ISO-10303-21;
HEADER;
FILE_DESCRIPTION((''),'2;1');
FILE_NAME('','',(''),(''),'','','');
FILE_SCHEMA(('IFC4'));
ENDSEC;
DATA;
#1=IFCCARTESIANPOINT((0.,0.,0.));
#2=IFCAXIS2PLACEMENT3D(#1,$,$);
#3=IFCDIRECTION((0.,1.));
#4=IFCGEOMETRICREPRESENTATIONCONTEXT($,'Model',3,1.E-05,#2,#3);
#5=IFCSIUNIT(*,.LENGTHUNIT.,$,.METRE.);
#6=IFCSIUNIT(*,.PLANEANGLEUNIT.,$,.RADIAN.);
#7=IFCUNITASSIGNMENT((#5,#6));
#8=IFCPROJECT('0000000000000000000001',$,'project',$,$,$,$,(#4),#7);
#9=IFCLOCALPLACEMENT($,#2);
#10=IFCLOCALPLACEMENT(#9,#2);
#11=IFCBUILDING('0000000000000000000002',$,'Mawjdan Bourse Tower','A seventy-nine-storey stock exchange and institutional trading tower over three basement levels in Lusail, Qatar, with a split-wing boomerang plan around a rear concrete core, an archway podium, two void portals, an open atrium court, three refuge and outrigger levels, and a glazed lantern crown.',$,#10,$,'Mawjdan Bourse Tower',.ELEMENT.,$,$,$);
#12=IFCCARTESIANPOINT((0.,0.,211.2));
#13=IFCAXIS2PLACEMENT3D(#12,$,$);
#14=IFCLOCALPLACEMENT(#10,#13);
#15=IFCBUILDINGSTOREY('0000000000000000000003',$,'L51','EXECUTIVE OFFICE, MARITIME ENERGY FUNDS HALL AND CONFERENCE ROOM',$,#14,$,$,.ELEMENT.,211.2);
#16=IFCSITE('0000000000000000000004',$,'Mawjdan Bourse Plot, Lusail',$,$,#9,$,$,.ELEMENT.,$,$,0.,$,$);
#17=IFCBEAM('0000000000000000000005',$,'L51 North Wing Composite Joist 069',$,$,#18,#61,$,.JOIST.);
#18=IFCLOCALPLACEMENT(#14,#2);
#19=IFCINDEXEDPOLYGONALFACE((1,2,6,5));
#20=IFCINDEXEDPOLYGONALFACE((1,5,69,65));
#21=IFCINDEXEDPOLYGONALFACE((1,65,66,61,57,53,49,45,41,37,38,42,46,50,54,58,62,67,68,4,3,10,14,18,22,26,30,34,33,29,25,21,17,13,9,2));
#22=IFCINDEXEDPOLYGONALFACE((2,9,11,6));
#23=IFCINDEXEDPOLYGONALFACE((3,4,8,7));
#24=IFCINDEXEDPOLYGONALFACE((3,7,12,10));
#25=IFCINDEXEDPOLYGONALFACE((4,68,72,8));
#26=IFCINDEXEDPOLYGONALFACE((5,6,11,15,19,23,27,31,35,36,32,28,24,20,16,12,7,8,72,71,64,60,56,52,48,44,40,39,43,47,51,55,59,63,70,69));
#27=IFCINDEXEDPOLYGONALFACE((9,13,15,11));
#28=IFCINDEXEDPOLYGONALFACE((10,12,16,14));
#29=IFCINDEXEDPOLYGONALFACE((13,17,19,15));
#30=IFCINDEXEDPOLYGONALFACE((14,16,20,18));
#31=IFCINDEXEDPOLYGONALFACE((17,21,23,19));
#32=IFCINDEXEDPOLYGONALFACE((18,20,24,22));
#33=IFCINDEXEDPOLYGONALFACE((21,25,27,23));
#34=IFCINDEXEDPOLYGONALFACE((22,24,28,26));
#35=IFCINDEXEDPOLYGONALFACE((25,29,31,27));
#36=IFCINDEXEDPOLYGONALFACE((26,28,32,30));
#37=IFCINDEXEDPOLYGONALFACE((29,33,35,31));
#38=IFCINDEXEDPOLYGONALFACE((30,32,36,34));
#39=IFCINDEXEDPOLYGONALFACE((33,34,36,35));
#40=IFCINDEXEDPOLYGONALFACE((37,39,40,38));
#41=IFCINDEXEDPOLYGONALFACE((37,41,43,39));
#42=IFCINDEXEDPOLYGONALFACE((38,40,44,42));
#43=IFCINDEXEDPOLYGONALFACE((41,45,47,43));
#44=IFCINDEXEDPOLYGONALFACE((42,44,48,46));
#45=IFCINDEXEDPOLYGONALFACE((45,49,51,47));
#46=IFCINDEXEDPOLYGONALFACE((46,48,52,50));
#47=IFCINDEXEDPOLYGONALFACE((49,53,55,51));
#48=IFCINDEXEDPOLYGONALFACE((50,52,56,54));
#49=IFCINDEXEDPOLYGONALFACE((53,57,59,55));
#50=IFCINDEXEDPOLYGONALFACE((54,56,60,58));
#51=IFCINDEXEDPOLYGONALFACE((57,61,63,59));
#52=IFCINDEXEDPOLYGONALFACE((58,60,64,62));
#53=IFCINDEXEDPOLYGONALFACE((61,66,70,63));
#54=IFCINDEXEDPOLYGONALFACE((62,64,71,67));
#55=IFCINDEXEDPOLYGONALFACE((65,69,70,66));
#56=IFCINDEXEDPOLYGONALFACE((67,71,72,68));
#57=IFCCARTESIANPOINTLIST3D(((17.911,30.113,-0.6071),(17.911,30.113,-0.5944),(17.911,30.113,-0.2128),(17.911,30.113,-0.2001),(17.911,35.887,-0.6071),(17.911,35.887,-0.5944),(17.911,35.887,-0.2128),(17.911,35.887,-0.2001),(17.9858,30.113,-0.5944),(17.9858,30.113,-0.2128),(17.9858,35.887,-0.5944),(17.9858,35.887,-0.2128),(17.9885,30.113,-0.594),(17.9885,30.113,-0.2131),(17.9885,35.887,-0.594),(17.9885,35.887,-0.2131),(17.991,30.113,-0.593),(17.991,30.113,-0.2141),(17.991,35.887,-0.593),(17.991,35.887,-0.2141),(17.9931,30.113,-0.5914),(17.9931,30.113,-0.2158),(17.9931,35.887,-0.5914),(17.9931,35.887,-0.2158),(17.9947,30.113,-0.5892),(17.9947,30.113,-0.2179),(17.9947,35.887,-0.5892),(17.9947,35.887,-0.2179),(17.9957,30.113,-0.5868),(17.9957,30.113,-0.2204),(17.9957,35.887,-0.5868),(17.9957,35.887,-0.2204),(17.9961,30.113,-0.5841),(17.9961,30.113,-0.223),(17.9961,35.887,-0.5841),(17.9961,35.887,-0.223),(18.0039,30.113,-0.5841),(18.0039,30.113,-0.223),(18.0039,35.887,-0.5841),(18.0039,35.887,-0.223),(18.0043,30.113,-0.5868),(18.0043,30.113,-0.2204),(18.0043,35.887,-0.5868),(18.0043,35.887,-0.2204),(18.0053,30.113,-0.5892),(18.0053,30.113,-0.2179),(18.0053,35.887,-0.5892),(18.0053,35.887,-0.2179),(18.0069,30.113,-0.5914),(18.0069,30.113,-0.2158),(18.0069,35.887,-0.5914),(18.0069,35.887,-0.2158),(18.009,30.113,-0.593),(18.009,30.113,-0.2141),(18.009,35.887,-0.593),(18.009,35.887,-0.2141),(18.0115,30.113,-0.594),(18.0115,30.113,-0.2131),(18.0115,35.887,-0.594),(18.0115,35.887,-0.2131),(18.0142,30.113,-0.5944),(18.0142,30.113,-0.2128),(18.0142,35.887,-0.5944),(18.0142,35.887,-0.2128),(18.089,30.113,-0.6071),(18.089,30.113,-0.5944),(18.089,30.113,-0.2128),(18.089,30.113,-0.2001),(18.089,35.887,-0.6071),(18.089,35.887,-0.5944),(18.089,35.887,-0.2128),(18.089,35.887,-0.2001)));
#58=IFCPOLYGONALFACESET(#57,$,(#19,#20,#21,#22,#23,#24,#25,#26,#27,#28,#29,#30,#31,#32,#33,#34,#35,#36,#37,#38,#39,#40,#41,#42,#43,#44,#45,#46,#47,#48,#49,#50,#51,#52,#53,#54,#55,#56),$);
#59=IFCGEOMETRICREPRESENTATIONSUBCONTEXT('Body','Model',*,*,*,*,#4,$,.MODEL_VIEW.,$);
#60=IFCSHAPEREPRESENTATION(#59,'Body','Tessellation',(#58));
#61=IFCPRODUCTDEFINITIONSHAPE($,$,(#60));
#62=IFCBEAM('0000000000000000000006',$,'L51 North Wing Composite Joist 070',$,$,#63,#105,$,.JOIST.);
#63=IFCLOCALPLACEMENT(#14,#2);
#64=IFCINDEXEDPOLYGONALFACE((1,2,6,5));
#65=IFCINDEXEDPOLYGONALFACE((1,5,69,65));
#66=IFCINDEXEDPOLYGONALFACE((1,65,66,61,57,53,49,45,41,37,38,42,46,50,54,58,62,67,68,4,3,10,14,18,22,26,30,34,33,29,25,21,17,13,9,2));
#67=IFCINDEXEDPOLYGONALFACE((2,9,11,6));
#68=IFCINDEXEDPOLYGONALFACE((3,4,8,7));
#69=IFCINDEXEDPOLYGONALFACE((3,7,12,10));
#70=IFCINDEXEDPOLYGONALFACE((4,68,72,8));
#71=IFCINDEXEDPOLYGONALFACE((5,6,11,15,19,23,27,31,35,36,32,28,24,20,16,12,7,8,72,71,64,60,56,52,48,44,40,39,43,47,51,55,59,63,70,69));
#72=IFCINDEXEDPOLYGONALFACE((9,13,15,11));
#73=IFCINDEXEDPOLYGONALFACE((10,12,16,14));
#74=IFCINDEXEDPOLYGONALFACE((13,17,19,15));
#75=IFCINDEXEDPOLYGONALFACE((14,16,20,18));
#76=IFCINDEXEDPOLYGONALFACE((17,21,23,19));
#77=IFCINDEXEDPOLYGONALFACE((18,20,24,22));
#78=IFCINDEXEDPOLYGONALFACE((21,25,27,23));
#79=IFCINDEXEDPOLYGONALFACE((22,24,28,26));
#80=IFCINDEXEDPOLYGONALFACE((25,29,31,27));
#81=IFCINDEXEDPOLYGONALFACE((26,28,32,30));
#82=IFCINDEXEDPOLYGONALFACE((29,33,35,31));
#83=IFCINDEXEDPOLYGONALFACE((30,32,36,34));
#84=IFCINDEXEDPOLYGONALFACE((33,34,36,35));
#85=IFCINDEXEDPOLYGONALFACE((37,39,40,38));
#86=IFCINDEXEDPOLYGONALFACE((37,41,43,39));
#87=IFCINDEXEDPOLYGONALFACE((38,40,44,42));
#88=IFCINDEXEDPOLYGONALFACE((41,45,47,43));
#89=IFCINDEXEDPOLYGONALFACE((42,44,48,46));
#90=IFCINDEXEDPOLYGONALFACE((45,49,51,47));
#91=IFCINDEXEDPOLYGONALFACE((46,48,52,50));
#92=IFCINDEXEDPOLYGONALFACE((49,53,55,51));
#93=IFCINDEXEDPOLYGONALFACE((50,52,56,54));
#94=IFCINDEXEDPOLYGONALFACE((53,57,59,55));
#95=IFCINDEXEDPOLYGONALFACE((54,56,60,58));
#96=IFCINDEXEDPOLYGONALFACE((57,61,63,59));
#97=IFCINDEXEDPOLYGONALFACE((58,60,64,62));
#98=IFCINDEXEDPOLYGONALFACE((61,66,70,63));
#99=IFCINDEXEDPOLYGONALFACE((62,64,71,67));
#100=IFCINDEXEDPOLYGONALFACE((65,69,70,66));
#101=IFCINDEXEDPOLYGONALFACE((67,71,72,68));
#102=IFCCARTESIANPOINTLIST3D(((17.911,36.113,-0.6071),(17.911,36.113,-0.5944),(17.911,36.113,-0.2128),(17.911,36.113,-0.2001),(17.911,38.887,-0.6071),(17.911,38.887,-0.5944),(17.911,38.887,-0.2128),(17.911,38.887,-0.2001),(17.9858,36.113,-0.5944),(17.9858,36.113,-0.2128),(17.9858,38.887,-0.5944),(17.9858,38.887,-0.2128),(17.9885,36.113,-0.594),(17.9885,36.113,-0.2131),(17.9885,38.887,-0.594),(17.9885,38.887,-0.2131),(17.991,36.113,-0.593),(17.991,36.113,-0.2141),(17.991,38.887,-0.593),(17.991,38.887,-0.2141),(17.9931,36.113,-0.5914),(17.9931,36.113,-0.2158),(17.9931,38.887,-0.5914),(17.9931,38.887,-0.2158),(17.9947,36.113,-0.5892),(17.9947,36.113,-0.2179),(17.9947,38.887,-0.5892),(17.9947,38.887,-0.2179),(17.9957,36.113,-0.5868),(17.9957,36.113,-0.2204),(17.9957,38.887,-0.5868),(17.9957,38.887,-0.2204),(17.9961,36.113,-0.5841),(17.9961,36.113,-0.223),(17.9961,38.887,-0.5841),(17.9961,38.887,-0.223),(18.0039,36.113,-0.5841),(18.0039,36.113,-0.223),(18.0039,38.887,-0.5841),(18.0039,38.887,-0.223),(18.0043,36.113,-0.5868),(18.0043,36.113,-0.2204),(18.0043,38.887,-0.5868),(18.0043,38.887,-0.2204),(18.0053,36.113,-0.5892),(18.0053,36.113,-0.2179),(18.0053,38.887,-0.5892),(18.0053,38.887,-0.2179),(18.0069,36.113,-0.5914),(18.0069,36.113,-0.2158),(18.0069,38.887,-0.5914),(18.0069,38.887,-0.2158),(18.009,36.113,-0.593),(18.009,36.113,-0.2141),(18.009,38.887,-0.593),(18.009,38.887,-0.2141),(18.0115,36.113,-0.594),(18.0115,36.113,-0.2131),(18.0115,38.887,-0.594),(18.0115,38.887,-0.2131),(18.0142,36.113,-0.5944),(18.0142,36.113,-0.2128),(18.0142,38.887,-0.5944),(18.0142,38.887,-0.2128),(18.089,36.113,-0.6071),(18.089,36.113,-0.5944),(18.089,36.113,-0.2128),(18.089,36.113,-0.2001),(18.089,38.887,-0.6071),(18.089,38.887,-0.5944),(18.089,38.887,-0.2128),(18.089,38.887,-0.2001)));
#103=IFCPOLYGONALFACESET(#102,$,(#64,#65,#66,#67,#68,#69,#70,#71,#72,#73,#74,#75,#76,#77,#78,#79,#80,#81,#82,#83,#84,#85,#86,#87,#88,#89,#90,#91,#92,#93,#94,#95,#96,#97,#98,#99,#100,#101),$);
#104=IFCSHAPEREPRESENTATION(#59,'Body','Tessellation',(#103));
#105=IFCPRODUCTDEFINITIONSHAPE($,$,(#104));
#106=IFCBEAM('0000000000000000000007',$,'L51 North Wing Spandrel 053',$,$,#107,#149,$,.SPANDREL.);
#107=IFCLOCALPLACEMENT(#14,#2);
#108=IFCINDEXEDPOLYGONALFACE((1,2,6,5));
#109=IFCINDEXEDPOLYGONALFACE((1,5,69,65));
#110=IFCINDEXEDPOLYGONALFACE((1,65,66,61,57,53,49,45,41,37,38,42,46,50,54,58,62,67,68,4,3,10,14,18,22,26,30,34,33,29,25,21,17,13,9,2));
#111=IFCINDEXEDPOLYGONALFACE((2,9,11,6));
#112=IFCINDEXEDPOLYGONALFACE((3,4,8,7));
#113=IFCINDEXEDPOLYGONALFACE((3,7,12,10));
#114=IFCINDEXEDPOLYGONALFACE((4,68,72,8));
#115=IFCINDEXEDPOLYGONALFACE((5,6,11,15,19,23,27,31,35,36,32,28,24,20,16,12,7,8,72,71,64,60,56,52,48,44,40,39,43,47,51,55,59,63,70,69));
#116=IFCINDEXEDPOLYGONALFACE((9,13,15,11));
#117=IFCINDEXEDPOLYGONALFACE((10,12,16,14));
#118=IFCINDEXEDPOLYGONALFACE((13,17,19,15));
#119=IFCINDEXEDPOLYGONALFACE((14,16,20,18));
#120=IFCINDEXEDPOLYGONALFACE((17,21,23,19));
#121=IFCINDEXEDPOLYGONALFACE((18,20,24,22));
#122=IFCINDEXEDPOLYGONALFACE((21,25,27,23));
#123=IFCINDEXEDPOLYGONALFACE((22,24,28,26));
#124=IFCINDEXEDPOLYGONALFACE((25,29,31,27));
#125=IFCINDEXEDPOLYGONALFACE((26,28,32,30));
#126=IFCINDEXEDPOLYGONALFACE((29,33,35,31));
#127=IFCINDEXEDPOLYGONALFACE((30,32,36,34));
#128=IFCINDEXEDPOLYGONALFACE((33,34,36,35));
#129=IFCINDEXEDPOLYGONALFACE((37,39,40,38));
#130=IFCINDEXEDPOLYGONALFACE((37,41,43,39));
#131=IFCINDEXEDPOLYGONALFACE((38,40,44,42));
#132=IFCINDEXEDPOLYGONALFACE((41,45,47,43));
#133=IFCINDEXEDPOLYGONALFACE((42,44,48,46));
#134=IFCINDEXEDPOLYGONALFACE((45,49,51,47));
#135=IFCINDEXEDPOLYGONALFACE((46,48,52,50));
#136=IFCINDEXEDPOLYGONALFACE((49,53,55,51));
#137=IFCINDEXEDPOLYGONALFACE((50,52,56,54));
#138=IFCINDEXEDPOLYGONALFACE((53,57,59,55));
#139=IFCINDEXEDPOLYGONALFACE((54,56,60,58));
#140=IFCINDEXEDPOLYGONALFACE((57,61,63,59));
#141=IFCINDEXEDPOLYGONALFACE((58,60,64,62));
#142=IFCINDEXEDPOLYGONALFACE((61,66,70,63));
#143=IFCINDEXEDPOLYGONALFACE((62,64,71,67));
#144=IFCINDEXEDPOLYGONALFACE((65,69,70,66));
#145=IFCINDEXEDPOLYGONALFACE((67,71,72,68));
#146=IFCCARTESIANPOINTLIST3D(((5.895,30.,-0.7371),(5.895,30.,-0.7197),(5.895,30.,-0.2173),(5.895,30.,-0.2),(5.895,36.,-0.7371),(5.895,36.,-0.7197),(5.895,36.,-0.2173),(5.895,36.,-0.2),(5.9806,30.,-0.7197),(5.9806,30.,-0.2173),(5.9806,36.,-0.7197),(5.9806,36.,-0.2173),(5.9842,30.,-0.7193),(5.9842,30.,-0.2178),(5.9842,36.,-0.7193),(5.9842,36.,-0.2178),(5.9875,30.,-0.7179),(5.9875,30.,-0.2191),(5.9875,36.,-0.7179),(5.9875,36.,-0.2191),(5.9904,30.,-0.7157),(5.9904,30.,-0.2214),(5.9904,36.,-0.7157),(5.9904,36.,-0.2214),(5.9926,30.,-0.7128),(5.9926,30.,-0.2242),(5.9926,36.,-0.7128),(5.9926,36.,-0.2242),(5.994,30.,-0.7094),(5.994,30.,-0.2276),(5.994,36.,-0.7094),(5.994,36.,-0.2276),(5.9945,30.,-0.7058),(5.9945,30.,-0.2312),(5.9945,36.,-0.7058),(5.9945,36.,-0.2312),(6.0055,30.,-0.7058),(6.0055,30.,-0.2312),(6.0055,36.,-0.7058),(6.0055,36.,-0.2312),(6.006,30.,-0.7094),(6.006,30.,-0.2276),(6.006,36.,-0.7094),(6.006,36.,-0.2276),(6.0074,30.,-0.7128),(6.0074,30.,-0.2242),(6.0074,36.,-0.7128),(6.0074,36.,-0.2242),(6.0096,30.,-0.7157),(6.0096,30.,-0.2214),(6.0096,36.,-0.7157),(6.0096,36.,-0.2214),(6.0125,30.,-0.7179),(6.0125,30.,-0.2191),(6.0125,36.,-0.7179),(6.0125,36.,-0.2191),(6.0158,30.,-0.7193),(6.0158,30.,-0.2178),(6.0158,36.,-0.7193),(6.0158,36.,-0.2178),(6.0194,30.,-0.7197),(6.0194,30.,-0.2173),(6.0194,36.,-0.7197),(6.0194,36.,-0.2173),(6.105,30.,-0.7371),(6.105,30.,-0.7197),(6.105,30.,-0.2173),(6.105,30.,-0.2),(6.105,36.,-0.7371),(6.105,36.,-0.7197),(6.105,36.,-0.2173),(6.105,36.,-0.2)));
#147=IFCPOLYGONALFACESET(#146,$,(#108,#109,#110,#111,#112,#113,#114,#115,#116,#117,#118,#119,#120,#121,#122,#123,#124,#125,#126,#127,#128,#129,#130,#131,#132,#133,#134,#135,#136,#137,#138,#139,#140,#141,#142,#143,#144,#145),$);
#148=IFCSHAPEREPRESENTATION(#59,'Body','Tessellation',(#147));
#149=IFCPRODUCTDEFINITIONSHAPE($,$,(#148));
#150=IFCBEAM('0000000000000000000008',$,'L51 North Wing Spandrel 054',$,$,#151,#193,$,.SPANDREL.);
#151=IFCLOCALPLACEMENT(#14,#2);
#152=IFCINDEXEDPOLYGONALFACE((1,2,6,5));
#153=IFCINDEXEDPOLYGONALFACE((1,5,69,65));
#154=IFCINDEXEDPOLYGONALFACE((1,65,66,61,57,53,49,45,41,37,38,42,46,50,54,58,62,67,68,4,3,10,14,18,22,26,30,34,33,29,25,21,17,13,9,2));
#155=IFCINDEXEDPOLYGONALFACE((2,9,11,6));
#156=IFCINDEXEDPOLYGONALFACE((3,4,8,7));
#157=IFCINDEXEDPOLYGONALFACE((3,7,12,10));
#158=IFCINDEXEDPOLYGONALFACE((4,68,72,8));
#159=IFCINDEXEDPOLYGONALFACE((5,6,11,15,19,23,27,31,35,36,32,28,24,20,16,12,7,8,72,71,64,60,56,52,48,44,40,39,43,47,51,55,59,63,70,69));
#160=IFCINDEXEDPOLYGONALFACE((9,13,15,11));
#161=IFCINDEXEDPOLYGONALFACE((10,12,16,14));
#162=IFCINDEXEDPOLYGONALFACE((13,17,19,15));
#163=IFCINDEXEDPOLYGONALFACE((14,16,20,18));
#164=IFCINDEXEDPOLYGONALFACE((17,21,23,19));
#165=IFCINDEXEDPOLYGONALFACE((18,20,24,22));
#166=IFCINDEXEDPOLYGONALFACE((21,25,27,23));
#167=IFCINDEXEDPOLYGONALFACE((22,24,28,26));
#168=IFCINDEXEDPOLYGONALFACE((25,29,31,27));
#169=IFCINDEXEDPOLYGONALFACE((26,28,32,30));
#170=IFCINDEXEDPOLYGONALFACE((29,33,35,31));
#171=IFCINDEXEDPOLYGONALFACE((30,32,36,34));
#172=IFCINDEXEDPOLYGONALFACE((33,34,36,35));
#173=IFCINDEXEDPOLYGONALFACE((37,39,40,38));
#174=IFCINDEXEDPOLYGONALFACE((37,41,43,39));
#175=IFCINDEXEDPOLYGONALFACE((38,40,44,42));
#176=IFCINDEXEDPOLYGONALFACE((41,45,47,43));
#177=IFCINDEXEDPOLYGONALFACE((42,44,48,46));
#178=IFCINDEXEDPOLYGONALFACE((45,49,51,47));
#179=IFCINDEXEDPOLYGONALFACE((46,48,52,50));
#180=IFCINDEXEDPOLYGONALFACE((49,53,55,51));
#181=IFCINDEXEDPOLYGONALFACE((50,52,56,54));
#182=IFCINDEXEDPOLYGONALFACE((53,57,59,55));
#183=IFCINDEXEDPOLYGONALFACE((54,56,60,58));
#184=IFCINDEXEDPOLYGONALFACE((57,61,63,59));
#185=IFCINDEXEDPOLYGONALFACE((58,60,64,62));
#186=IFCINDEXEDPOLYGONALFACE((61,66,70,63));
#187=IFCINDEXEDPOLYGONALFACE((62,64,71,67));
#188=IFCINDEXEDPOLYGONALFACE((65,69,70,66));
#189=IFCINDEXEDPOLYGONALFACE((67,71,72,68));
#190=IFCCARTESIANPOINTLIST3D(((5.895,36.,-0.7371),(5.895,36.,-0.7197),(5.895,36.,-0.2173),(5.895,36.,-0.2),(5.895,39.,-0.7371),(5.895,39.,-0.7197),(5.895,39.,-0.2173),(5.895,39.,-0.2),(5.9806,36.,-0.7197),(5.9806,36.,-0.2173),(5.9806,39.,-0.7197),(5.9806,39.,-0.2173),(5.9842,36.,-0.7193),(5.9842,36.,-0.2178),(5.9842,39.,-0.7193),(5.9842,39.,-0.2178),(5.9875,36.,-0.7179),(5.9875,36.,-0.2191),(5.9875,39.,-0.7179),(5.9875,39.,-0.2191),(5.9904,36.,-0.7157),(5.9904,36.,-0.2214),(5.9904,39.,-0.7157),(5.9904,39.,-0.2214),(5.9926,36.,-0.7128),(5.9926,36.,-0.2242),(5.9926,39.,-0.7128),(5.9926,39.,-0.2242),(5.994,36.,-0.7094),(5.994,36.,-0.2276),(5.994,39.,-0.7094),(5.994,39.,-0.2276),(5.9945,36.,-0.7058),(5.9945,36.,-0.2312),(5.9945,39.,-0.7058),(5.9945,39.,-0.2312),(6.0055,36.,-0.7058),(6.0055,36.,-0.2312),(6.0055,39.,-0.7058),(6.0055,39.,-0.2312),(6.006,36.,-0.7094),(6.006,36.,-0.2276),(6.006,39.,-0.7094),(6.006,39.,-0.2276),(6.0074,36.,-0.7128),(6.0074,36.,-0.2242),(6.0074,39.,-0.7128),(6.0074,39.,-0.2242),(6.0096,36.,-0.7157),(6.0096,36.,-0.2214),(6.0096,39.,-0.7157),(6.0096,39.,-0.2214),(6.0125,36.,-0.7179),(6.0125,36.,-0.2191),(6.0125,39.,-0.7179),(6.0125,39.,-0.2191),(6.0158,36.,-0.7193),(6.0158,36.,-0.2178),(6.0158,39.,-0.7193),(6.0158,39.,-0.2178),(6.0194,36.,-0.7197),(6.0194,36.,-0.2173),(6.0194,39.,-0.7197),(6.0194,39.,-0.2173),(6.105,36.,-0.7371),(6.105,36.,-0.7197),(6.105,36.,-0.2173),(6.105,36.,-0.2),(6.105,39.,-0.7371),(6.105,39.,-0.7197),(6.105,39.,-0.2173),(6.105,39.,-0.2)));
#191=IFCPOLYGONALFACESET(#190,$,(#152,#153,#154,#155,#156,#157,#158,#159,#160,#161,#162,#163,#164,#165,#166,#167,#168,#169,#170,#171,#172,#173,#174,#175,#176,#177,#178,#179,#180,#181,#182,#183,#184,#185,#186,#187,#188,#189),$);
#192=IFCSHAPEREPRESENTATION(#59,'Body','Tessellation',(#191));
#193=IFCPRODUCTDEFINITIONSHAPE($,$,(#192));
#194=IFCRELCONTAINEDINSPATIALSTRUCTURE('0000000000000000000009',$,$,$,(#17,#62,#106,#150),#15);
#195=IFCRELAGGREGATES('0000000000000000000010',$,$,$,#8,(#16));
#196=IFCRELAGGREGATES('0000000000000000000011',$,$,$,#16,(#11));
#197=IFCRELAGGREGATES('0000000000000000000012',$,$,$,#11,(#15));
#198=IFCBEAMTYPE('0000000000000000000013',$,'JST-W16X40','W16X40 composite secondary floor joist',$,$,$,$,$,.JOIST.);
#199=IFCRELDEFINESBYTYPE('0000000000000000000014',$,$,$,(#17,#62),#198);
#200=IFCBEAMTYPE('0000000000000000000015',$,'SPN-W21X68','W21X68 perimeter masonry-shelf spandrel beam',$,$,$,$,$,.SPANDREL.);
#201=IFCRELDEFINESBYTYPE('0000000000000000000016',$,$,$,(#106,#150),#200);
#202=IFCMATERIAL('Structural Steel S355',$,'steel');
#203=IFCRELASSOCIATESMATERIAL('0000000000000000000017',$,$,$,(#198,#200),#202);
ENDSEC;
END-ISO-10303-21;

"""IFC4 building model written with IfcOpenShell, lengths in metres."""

from ifc_helpers import new_model, si_unit, direction, frame, origin, origin_2d, place, context, subcontext, project, spatial, i_section, extrude, material, material_profile, profile_set, type_object, element, save


model = new_model("IFC4")

# Units and contexts
model_context = context("Model", 3, precision=1e-05, world=origin(), true_north=direction((0.0, 1.0)))
body_context = subcontext(model_context, "Body", "Model", "MODEL_VIEW")
ifc_project = project(units=[si_unit("LENGTHUNIT", "METRE"), si_unit("PLANEANGLEUNIT", "RADIAN")], contexts=[model_context])

# Site, building, storey
site_placement = place(None, origin())
site = spatial("IfcSite", under=ifc_project, at=site_placement, Name="Mawjdan Bourse Plot, Lusail", CompositionType="ELEMENT", RefElevation=0.0)
building_placement = place(site_placement, origin())
building = spatial("IfcBuilding", under=site, at=building_placement, Name="Mawjdan Bourse Tower", Description="A seventy-nine-storey stock exchange and institutional trading tower over three basement levels in Lusail, Qatar, with a split-wing boomerang plan around a rear concrete core, an archway podium, two void portals, an open atrium court, three refuge and outrigger levels, and a glazed lantern crown.", LongName="Mawjdan Bourse Tower", CompositionType="ELEMENT")
storey_placement = place(building_placement, frame((0.0, 0.0, 211.2)))
storey = spatial("IfcBuildingStorey", under=building, at=storey_placement, Name="L51", Description="EXECUTIVE OFFICE, MARITIME ENERGY FUNDS HALL AND CONFERENCE ROOM", CompositionType="ELEMENT", Elevation=211.2)

# Beams
ifc_material_1 = material(Name="Structural Steel S355", Category="steel")
ifc_material_profile_1 = material_profile(ifc_material_1, i_section(OverallWidth=0.178, OverallDepth=0.407, WebThickness=0.0078, FlangeThickness=0.0127, FilletRadius=0.0103, at=origin_2d()), Name="W16X40")
ifc_profile_set_1 = profile_set([ifc_material_profile_1], Name="Structural Steel S355")
beam_type_1 = type_object("IfcBeamType", Name="JST-W16X40", Description="W16X40 composite secondary floor joist", PredefinedType="JOIST", material=ifc_profile_set_1)
beam_1_placement = place(storey_placement, frame((18.0, 30.113, -0.4036), z_axis=(0.0, 1.0, 0.0), x_axis=(-1.0, 0.0, 0.0)))
element("IfcBeam", 1, at=beam_1_placement, inside=storey, type_object=beam_type_1, Name="L51 North Wing Composite Joist 069", PredefinedType="JOIST", context=body_context, shape_type="SweptSolid", body=[
    extrude(i_section(OverallWidth=0.178, OverallDepth=0.407, WebThickness=0.0078, FlangeThickness=0.0127, FilletRadius=0.0103, at=origin_2d()), origin(), (0.0, 0.0, 1.0), 5.7739),
])
beam_2_placement = place(storey_placement, frame((18.0, 36.113, -0.4036), z_axis=(0.0, 1.0, 0.0), x_axis=(-1.0, 0.0, 0.0)))
element("IfcBeam", 2, at=beam_2_placement, inside=storey, type_object=beam_type_1, Name="L51 North Wing Composite Joist 070", PredefinedType="JOIST", context=body_context, shape_type="SweptSolid", body=[
    extrude(i_section(OverallWidth=0.178, OverallDepth=0.407, WebThickness=0.0078, FlangeThickness=0.0127, FilletRadius=0.0103, at=origin_2d()), origin(), (0.0, 0.0, 1.0), 2.7739),
])
ifc_material_profile_2 = material_profile(ifc_material_1, i_section(OverallWidth=0.21, OverallDepth=0.5371, WebThickness=0.011, FlangeThickness=0.0173, FilletRadius=0.0139, at=origin_2d()), Name="W21X68")
ifc_profile_set_2 = profile_set([ifc_material_profile_2], Name="Structural Steel S355")
beam_type_2 = type_object("IfcBeamType", Name="SPN-W21X68", Description="W21X68 perimeter masonry-shelf spandrel beam", PredefinedType="SPANDREL", material=ifc_profile_set_2)
beam_3_placement = place(storey_placement, frame((6.0, 30.0, -0.4685), z_axis=(0.0, 1.0, 0.0), x_axis=(-1.0, 0.0, 0.0)))
element("IfcBeam", 3, at=beam_3_placement, inside=storey, type_object=beam_type_2, Name="L51 North Wing Spandrel 053", PredefinedType="SPANDREL", context=body_context, shape_type="SweptSolid", body=[
    extrude(i_section(OverallWidth=0.21, OverallDepth=0.5371, WebThickness=0.011, FlangeThickness=0.0173, FilletRadius=0.0139, at=origin_2d()), origin(), (0.0, 0.0, 1.0), 6.0),
])
beam_4_placement = place(storey_placement, frame((6.0, 36.0, -0.4685), z_axis=(0.0, 1.0, 0.0), x_axis=(-1.0, 0.0, 0.0)))
element("IfcBeam", 4, at=beam_4_placement, inside=storey, type_object=beam_type_2, Name="L51 North Wing Spandrel 054", PredefinedType="SPANDREL", context=body_context, shape_type="SweptSolid", body=[
    extrude(i_section(OverallWidth=0.21, OverallDepth=0.5371, WebThickness=0.011, FlangeThickness=0.0173, FilletRadius=0.0139, at=origin_2d()), origin(), (0.0, 0.0, 1.0), 3.0),
])

save(model, "model.ifc")
